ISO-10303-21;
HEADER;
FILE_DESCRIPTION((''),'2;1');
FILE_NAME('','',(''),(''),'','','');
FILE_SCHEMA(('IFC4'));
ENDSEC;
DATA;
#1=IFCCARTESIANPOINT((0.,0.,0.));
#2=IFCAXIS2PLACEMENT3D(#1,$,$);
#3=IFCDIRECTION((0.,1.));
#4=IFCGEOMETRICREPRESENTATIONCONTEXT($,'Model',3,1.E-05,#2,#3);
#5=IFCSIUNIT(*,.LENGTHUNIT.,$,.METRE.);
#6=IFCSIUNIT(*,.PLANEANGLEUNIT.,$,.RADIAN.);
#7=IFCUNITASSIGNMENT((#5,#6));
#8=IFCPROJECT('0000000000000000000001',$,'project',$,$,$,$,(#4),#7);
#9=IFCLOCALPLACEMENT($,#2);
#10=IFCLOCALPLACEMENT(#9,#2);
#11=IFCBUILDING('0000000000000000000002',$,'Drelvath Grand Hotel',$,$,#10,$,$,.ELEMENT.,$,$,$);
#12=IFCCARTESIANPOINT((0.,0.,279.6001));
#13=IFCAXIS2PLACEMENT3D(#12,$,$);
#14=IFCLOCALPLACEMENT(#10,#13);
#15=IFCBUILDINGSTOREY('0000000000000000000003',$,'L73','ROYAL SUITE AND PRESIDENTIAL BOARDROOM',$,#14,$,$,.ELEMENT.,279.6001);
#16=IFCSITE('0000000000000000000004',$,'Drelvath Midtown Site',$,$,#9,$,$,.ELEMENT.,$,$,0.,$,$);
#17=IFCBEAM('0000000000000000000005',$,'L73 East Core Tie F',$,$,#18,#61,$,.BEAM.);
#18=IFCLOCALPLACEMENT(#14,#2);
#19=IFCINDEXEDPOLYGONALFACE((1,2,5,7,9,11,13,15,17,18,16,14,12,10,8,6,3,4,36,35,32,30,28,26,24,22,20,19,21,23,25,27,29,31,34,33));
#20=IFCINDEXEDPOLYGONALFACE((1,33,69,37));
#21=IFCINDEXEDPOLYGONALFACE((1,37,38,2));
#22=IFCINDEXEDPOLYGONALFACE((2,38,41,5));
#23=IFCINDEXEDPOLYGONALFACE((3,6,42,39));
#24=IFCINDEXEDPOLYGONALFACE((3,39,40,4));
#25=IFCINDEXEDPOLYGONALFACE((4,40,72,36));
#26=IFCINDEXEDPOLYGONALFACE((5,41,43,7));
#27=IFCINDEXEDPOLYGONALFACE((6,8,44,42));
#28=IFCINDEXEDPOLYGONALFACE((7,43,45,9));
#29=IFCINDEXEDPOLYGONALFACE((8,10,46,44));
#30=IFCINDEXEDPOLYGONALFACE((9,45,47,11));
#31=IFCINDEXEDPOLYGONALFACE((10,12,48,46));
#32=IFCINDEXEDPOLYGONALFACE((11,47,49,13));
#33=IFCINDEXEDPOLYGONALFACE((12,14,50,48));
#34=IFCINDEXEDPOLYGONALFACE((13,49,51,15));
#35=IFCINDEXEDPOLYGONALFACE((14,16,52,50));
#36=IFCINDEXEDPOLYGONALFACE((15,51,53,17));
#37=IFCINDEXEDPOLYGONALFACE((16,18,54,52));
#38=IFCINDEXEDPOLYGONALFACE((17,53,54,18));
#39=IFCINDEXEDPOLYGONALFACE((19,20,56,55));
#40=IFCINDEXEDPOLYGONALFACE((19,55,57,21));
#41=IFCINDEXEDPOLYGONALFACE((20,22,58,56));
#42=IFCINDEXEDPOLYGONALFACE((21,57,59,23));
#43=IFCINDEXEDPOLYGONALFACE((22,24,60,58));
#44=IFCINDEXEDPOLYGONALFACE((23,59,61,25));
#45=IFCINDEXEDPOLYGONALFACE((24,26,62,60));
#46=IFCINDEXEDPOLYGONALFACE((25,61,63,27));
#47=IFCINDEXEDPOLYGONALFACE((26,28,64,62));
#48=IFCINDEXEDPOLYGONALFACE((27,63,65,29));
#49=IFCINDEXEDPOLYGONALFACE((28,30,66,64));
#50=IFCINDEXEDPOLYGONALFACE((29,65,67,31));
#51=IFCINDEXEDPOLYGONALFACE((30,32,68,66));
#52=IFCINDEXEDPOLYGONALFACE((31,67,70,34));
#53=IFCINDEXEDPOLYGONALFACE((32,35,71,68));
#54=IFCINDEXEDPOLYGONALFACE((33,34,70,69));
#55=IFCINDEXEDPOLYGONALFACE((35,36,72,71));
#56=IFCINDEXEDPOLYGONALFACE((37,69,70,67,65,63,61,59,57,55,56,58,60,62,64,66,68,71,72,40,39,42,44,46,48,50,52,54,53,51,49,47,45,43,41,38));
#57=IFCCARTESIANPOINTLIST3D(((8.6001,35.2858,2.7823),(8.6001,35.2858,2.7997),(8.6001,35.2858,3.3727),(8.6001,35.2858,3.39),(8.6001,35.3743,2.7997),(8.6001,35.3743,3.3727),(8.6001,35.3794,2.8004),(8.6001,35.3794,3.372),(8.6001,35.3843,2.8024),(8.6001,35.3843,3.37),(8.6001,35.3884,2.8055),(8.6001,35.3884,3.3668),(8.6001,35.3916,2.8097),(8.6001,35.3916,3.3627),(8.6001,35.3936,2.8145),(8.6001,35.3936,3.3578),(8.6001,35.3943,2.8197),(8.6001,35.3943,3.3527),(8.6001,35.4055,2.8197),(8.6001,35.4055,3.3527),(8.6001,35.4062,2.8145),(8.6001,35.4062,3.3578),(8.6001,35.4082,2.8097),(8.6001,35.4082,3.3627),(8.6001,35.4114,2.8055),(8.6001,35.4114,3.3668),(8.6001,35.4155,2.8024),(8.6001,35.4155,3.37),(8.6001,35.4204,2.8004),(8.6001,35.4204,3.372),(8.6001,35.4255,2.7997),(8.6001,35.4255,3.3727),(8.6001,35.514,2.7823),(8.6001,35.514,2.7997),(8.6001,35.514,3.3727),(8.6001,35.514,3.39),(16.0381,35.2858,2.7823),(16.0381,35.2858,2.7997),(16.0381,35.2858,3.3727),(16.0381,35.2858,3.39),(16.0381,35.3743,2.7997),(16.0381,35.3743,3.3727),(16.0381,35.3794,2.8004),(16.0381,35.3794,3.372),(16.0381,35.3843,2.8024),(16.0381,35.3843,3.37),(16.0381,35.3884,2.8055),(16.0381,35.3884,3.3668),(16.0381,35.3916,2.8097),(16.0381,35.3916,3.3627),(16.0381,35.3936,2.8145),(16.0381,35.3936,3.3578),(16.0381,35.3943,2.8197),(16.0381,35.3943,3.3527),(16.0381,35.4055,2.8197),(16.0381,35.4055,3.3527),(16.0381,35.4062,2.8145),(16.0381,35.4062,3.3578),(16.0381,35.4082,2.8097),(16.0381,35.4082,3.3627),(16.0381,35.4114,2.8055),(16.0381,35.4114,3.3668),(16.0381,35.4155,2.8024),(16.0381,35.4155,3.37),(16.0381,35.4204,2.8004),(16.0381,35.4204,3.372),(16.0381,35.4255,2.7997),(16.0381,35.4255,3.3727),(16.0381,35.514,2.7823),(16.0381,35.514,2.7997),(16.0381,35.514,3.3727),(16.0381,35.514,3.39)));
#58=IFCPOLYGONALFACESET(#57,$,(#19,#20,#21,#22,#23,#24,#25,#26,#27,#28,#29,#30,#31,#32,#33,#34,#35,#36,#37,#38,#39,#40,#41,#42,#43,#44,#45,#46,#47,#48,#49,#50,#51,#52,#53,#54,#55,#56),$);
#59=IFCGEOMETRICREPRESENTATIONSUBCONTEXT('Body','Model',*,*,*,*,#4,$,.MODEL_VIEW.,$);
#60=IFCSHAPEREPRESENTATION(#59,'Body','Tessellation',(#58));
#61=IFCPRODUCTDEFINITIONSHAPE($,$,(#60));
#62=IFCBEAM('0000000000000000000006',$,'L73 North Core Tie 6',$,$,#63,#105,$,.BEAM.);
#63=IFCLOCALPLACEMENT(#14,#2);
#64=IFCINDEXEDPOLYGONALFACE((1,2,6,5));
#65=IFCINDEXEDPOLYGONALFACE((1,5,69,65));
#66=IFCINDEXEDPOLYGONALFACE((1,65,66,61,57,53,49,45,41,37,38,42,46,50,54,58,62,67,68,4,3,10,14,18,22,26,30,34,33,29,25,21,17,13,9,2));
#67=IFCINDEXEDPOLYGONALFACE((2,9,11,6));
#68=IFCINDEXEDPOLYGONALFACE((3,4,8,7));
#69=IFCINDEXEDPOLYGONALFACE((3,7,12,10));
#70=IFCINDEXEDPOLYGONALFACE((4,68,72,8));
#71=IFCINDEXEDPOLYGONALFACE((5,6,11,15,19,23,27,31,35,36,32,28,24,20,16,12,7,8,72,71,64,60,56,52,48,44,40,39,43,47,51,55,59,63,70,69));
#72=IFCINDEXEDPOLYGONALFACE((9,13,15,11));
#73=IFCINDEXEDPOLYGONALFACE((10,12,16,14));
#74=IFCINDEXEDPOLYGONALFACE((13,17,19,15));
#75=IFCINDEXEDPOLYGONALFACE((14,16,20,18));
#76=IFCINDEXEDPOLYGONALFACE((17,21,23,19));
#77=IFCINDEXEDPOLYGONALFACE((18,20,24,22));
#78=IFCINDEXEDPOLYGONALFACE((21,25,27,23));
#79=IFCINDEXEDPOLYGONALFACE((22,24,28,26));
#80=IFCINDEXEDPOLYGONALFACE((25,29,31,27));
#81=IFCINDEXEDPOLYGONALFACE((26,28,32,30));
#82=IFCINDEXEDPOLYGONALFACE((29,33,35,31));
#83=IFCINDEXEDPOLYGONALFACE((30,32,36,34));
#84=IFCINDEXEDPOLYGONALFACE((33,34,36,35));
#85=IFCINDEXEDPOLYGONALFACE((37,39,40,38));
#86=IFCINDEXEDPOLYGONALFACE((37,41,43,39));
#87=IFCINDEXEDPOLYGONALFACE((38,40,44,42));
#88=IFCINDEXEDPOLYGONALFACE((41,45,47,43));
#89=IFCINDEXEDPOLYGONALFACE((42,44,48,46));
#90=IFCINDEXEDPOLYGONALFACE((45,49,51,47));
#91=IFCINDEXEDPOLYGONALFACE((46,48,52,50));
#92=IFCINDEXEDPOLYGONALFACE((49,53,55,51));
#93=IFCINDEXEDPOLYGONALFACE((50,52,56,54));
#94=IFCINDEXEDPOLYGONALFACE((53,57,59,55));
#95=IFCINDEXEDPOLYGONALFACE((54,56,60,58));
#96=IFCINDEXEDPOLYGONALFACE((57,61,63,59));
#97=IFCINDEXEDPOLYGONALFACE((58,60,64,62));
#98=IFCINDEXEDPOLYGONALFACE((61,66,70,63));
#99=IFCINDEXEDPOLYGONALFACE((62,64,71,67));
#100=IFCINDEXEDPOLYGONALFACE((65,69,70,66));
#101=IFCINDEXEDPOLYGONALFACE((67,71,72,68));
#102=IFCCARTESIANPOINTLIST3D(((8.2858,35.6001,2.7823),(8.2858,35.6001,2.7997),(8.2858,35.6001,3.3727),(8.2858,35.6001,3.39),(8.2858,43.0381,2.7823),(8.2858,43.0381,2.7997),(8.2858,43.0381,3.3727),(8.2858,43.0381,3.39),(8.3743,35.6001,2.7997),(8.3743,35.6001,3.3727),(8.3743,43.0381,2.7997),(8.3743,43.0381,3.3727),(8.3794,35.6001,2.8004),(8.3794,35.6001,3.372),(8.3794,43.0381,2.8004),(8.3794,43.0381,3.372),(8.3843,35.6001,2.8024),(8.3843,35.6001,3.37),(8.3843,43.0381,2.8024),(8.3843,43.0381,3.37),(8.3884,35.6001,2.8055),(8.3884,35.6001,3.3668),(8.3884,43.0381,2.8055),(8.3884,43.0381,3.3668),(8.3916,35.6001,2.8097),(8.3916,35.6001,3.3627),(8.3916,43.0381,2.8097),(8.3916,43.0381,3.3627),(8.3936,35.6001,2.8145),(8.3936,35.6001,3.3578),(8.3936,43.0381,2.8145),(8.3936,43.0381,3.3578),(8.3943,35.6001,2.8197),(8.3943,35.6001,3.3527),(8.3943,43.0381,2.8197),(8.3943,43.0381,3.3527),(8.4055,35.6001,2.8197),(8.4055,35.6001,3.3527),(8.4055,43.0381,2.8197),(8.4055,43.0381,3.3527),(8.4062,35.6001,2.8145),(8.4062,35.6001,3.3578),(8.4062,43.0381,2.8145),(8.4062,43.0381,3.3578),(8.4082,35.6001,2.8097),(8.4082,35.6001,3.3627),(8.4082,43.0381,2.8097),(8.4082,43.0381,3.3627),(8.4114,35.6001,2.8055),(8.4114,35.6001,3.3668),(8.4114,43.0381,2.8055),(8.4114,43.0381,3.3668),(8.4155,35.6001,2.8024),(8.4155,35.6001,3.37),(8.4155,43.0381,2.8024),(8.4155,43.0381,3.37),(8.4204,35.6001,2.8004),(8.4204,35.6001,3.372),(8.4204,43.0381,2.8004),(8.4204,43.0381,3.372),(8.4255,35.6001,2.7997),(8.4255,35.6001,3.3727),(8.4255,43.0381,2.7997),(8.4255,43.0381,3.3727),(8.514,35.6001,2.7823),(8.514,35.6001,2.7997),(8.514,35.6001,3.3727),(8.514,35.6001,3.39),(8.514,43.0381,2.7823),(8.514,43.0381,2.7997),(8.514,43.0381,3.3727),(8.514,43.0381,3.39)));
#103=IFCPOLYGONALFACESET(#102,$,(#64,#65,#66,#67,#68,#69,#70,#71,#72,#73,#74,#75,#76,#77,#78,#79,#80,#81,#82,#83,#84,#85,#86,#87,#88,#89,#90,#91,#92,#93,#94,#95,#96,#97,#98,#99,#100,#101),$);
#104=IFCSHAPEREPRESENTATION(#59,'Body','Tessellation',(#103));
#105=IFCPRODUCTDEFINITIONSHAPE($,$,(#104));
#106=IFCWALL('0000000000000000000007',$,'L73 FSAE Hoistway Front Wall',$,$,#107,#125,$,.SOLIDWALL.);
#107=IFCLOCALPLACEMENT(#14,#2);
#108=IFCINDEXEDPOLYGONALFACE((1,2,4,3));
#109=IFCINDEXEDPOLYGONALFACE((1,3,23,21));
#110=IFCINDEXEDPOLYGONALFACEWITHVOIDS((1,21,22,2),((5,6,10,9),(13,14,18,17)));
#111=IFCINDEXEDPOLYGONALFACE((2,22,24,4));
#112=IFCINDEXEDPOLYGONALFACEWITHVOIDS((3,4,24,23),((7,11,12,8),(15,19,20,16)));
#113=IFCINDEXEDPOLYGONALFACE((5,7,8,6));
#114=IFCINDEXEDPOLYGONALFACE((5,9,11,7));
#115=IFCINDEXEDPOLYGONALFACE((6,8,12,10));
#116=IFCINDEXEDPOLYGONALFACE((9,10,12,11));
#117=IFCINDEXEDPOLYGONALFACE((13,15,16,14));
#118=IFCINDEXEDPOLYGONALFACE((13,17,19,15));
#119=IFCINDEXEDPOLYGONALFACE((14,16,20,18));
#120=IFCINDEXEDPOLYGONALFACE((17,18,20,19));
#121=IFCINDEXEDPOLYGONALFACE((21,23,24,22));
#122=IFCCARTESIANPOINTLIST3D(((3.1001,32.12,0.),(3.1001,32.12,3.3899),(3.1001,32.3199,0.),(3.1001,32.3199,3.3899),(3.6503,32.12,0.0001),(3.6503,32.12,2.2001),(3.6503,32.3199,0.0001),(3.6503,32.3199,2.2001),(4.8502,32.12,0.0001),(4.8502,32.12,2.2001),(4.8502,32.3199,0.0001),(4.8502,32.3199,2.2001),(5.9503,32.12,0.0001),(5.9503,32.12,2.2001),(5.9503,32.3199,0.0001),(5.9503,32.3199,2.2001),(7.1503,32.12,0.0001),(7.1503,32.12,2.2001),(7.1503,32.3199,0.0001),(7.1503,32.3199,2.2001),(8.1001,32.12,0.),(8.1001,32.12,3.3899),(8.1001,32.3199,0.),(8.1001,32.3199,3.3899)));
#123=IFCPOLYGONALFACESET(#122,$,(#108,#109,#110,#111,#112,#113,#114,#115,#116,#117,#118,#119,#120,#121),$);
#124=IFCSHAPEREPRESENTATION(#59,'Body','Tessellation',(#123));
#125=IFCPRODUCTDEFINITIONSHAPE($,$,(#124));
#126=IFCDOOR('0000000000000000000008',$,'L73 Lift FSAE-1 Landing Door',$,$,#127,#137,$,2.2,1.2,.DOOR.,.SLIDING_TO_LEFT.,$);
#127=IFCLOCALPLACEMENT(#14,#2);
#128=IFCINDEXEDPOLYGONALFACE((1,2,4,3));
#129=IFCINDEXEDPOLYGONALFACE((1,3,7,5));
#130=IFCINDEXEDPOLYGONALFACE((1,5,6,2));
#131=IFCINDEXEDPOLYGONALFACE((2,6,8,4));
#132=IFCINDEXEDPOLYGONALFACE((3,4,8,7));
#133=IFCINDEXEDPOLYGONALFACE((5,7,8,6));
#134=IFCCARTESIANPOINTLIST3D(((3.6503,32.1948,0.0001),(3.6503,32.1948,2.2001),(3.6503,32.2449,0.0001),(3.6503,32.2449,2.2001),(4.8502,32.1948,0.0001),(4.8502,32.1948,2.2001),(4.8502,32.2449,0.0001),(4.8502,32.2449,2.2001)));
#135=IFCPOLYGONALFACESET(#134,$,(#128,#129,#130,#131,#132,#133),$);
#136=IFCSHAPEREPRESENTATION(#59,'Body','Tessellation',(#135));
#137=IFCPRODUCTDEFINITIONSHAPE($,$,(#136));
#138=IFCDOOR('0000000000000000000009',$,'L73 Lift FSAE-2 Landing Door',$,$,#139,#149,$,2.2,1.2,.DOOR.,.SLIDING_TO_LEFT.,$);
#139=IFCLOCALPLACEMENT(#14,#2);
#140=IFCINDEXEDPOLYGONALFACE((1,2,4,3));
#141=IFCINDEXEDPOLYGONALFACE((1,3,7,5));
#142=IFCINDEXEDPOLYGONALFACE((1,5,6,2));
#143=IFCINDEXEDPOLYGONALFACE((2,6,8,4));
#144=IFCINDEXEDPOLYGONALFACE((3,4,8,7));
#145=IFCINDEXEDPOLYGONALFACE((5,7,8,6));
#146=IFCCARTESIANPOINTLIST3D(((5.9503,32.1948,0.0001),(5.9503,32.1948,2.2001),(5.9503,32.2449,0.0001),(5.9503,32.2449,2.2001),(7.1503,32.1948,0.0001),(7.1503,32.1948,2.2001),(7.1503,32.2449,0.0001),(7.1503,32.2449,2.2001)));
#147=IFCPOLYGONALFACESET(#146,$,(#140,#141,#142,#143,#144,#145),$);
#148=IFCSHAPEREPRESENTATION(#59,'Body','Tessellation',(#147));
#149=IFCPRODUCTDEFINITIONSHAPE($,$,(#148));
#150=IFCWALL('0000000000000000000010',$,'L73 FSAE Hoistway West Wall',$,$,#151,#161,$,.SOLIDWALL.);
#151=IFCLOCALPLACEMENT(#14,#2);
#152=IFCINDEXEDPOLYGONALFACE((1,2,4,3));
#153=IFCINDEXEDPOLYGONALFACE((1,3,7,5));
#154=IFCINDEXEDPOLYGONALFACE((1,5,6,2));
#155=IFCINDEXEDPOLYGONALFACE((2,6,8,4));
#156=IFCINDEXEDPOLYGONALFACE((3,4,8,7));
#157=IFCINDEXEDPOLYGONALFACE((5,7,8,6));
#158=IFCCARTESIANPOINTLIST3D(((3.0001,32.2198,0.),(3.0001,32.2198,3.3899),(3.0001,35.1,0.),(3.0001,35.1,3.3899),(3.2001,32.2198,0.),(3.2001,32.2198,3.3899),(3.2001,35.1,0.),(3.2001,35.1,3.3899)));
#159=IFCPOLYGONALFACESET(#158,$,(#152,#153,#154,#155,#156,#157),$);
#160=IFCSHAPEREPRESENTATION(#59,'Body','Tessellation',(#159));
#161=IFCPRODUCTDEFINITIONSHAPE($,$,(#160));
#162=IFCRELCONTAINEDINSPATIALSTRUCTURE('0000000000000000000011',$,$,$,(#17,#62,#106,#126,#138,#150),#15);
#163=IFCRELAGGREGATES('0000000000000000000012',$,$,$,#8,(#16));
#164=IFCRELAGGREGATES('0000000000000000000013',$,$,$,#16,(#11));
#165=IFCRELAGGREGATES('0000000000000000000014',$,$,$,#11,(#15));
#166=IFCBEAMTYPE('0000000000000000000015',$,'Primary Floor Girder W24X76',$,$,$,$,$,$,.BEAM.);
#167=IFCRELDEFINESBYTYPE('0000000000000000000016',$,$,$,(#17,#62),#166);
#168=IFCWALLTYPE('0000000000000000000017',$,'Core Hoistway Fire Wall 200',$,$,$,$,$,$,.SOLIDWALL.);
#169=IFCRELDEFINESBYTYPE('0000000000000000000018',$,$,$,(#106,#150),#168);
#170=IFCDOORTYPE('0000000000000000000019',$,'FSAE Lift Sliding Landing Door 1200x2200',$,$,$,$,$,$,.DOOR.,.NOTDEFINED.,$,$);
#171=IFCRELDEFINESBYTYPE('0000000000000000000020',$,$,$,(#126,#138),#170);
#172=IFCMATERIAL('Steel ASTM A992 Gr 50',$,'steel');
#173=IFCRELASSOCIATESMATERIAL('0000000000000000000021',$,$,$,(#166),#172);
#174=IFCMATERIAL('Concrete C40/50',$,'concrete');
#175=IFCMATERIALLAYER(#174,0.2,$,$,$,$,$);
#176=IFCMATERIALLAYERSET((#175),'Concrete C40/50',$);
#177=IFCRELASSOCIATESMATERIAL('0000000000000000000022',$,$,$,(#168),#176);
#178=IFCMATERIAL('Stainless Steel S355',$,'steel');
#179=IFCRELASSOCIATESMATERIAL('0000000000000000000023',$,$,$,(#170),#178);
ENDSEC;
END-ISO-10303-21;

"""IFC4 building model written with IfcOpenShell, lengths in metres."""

from ifc_helpers import new_model, si_unit, direction, frame, frame_2d, origin, origin_2d, place, context, subcontext, project, spatial, rectangle, i_section, extrude, material, layer, layer_set, material_profile, profile_set, type_object, element, fill, save


model = new_model("IFC4")

# Units and contexts
model_context = context("Model", 3, precision=1e-05, world=origin(), true_north=direction((0.0, 1.0)))
body_context = subcontext(model_context, "Body", "Model", "MODEL_VIEW")
ifc_project = project(units=[si_unit("LENGTHUNIT", "METRE"), si_unit("PLANEANGLEUNIT", "RADIAN")], contexts=[model_context])

# Site, building, storey
site_placement = place(None, origin())
site = spatial("IfcSite", under=ifc_project, at=site_placement, Name="Drelvath Midtown Site", CompositionType="ELEMENT", RefElevation=0.0)
building_placement = place(site_placement, origin())
building = spatial("IfcBuilding", under=site, at=building_placement, Name="Drelvath Grand Hotel", CompositionType="ELEMENT")
storey_placement = place(building_placement, frame((0.0, 0.0, 279.6001)))
storey = spatial("IfcBuildingStorey", under=building, at=storey_placement, Name="L73", Description="ROYAL SUITE AND PRESIDENTIAL BOARDROOM", CompositionType="ELEMENT", Elevation=279.6001)

# Beams
ifc_material_1 = material(Name="Steel ASTM A992 Gr 50", Category="steel")
ifc_material_profile_1 = material_profile(ifc_material_1, i_section(OverallWidth=0.2283, OverallDepth=0.6077, WebThickness=0.0112, FlangeThickness=0.0173, FilletRadius=0.02, at=origin_2d()), Name="W24X76")
ifc_profile_set_1 = profile_set([ifc_material_profile_1], Name="Steel ASTM A992 Gr 50")
beam_type_1 = type_object("IfcBeamType", Name="Primary Floor Girder W24X76", PredefinedType="BEAM", material=ifc_profile_set_1)
for number, where, z_axis, x_axis, name in (
    (1, (8.6001, 35.3999, 3.0862), (1.0, 0.0, 0.0), (0.0, 1.0, 0.0), "L73 East Core Tie F"),
    (2, (8.3999, 35.6001, 3.0862), (0.0, 1.0, 0.0), (-1.0, 0.0, 0.0), "L73 North Core Tie 6"),
):
    element("IfcBeam", number, at=place(storey_placement, frame(where, z_axis=z_axis, x_axis=x_axis)), inside=storey, type_object=beam_type_1, Name=name, PredefinedType="BEAM", context=body_context, shape_type="SweptSolid", body=[
        extrude(i_section(OverallWidth=0.2283, OverallDepth=0.6077, WebThickness=0.0112, FlangeThickness=0.0173, FilletRadius=0.02, at=origin_2d()), origin(), (0.0, 0.0, 1.0), 7.438),
    ])

# Wall, openings, doors
ifc_material_2 = material(Name="Concrete C40/50", Category="concrete")
ifc_layer_1 = layer(ifc_material_2, 0.2)
ifc_layer_set_1 = layer_set([ifc_layer_1], Name="Concrete C40/50")
wall_type_1 = type_object("IfcWallType", Name="Core Hoistway Fire Wall 200", PredefinedType="SOLIDWALL", material=ifc_layer_set_1)
wall_1_placement = place(storey_placement, frame((3.1001, 32.22, 0.0), z_axis=(0.0, 0.0, 1.0), x_axis=(1.0, 0.0, 0.0)))
wall_1 = element("IfcWall", 3, at=wall_1_placement, inside=storey, type_object=wall_type_1, Name="L73 FSAE Hoistway Front Wall", PredefinedType="SOLIDWALL", context=body_context, shape_type="SweptSolid", body=[
    extrude(rectangle(XDim=5.0, YDim=0.2, at=frame_2d((2.5, 0.0))), origin(), (0.0, 0.0, 1.0), 3.3899),
])
opening_1_placement = place(wall_1_placement, frame((0.55, 0.0, 0.0)))
opening_1 = element("IfcOpeningElement", 4, at=opening_1_placement, cuts=wall_1, PredefinedType="OPENING", context=body_context, shape_type="SweptSolid", body=[
    extrude(rectangle(XDim=1.2, YDim=2.2, at=frame_2d((0.6001, 1.1001))), frame((0.0, 0.1099, 0.0), z_axis=(0.0, -1.0, 0.0), x_axis=(1.0, 0.0, 0.0)), (0.0, 0.0, 1.0), 0.22),
])
opening_2_placement = place(wall_1_placement, frame((2.8501, 0.0, 0.0)))
opening_2 = element("IfcOpeningElement", 5, at=opening_2_placement, cuts=wall_1, PredefinedType="OPENING", context=body_context, shape_type="SweptSolid", body=[
    extrude(rectangle(XDim=1.2, YDim=2.2, at=frame_2d((0.6001, 1.1001))), frame((0.0, 0.1099, 0.0), z_axis=(0.0, -1.0, 0.0), x_axis=(1.0, 0.0, 0.0)), (0.0, 0.0, 1.0), 0.22),
])
ifc_material_3 = material(Name="Stainless Steel S355", Category="steel")
door_type_1 = type_object("IfcDoorType", Name="FSAE Lift Sliding Landing Door 1200x2200", OperationType="NOTDEFINED", PredefinedType="DOOR", material=ifc_material_3)
door_1_placement = place(opening_1_placement, origin())
door_1 = element("IfcDoor", 6, at=door_1_placement, inside=storey, type_object=door_type_1, Name="L73 Lift FSAE-1 Landing Door", OperationType="SLIDING_TO_LEFT", OverallHeight=2.2, OverallWidth=1.2, PredefinedType="DOOR", context=body_context, shape_type="SweptSolid", body=[
    extrude(rectangle(XDim=1.2, YDim=2.2, at=frame_2d((0.6001, 1.1001))), frame((0.0, 0.0249, 0.0), z_axis=(0.0, -1.0, 0.0), x_axis=(1.0, 0.0, 0.0)), (0.0, 0.0, 1.0), 0.05),
])
fill(opening_1, door_1)
door_2_placement = place(opening_2_placement, origin())
door_2 = element("IfcDoor", 7, at=door_2_placement, inside=storey, type_object=door_type_1, Name="L73 Lift FSAE-2 Landing Door", OperationType="SLIDING_TO_LEFT", OverallHeight=2.2, OverallWidth=1.2, PredefinedType="DOOR", context=body_context, shape_type="SweptSolid", body=[
    extrude(rectangle(XDim=1.2, YDim=2.2, at=frame_2d((0.6001, 1.1001))), frame((0.0, 0.0249, 0.0), z_axis=(0.0, -1.0, 0.0), x_axis=(1.0, 0.0, 0.0)), (0.0, 0.0, 1.0), 0.05),
])
fill(opening_2, door_2)

# Wall
wall_2_placement = place(storey_placement, frame((3.1001, 32.22, 0.0), z_axis=(0.0, 0.0, 1.0), x_axis=(0.0, 1.0, 0.0)))
element("IfcWall", 8, at=wall_2_placement, inside=storey, type_object=wall_type_1, Name="L73 FSAE Hoistway West Wall", PredefinedType="SOLIDWALL", context=body_context, shape_type="SweptSolid", body=[
    extrude(rectangle(XDim=2.8801, YDim=0.2, at=frame_2d((1.4399, 0.0))), origin(), (0.0, 0.0, 1.0), 3.3899),
])

save(model, "model.ifc")
